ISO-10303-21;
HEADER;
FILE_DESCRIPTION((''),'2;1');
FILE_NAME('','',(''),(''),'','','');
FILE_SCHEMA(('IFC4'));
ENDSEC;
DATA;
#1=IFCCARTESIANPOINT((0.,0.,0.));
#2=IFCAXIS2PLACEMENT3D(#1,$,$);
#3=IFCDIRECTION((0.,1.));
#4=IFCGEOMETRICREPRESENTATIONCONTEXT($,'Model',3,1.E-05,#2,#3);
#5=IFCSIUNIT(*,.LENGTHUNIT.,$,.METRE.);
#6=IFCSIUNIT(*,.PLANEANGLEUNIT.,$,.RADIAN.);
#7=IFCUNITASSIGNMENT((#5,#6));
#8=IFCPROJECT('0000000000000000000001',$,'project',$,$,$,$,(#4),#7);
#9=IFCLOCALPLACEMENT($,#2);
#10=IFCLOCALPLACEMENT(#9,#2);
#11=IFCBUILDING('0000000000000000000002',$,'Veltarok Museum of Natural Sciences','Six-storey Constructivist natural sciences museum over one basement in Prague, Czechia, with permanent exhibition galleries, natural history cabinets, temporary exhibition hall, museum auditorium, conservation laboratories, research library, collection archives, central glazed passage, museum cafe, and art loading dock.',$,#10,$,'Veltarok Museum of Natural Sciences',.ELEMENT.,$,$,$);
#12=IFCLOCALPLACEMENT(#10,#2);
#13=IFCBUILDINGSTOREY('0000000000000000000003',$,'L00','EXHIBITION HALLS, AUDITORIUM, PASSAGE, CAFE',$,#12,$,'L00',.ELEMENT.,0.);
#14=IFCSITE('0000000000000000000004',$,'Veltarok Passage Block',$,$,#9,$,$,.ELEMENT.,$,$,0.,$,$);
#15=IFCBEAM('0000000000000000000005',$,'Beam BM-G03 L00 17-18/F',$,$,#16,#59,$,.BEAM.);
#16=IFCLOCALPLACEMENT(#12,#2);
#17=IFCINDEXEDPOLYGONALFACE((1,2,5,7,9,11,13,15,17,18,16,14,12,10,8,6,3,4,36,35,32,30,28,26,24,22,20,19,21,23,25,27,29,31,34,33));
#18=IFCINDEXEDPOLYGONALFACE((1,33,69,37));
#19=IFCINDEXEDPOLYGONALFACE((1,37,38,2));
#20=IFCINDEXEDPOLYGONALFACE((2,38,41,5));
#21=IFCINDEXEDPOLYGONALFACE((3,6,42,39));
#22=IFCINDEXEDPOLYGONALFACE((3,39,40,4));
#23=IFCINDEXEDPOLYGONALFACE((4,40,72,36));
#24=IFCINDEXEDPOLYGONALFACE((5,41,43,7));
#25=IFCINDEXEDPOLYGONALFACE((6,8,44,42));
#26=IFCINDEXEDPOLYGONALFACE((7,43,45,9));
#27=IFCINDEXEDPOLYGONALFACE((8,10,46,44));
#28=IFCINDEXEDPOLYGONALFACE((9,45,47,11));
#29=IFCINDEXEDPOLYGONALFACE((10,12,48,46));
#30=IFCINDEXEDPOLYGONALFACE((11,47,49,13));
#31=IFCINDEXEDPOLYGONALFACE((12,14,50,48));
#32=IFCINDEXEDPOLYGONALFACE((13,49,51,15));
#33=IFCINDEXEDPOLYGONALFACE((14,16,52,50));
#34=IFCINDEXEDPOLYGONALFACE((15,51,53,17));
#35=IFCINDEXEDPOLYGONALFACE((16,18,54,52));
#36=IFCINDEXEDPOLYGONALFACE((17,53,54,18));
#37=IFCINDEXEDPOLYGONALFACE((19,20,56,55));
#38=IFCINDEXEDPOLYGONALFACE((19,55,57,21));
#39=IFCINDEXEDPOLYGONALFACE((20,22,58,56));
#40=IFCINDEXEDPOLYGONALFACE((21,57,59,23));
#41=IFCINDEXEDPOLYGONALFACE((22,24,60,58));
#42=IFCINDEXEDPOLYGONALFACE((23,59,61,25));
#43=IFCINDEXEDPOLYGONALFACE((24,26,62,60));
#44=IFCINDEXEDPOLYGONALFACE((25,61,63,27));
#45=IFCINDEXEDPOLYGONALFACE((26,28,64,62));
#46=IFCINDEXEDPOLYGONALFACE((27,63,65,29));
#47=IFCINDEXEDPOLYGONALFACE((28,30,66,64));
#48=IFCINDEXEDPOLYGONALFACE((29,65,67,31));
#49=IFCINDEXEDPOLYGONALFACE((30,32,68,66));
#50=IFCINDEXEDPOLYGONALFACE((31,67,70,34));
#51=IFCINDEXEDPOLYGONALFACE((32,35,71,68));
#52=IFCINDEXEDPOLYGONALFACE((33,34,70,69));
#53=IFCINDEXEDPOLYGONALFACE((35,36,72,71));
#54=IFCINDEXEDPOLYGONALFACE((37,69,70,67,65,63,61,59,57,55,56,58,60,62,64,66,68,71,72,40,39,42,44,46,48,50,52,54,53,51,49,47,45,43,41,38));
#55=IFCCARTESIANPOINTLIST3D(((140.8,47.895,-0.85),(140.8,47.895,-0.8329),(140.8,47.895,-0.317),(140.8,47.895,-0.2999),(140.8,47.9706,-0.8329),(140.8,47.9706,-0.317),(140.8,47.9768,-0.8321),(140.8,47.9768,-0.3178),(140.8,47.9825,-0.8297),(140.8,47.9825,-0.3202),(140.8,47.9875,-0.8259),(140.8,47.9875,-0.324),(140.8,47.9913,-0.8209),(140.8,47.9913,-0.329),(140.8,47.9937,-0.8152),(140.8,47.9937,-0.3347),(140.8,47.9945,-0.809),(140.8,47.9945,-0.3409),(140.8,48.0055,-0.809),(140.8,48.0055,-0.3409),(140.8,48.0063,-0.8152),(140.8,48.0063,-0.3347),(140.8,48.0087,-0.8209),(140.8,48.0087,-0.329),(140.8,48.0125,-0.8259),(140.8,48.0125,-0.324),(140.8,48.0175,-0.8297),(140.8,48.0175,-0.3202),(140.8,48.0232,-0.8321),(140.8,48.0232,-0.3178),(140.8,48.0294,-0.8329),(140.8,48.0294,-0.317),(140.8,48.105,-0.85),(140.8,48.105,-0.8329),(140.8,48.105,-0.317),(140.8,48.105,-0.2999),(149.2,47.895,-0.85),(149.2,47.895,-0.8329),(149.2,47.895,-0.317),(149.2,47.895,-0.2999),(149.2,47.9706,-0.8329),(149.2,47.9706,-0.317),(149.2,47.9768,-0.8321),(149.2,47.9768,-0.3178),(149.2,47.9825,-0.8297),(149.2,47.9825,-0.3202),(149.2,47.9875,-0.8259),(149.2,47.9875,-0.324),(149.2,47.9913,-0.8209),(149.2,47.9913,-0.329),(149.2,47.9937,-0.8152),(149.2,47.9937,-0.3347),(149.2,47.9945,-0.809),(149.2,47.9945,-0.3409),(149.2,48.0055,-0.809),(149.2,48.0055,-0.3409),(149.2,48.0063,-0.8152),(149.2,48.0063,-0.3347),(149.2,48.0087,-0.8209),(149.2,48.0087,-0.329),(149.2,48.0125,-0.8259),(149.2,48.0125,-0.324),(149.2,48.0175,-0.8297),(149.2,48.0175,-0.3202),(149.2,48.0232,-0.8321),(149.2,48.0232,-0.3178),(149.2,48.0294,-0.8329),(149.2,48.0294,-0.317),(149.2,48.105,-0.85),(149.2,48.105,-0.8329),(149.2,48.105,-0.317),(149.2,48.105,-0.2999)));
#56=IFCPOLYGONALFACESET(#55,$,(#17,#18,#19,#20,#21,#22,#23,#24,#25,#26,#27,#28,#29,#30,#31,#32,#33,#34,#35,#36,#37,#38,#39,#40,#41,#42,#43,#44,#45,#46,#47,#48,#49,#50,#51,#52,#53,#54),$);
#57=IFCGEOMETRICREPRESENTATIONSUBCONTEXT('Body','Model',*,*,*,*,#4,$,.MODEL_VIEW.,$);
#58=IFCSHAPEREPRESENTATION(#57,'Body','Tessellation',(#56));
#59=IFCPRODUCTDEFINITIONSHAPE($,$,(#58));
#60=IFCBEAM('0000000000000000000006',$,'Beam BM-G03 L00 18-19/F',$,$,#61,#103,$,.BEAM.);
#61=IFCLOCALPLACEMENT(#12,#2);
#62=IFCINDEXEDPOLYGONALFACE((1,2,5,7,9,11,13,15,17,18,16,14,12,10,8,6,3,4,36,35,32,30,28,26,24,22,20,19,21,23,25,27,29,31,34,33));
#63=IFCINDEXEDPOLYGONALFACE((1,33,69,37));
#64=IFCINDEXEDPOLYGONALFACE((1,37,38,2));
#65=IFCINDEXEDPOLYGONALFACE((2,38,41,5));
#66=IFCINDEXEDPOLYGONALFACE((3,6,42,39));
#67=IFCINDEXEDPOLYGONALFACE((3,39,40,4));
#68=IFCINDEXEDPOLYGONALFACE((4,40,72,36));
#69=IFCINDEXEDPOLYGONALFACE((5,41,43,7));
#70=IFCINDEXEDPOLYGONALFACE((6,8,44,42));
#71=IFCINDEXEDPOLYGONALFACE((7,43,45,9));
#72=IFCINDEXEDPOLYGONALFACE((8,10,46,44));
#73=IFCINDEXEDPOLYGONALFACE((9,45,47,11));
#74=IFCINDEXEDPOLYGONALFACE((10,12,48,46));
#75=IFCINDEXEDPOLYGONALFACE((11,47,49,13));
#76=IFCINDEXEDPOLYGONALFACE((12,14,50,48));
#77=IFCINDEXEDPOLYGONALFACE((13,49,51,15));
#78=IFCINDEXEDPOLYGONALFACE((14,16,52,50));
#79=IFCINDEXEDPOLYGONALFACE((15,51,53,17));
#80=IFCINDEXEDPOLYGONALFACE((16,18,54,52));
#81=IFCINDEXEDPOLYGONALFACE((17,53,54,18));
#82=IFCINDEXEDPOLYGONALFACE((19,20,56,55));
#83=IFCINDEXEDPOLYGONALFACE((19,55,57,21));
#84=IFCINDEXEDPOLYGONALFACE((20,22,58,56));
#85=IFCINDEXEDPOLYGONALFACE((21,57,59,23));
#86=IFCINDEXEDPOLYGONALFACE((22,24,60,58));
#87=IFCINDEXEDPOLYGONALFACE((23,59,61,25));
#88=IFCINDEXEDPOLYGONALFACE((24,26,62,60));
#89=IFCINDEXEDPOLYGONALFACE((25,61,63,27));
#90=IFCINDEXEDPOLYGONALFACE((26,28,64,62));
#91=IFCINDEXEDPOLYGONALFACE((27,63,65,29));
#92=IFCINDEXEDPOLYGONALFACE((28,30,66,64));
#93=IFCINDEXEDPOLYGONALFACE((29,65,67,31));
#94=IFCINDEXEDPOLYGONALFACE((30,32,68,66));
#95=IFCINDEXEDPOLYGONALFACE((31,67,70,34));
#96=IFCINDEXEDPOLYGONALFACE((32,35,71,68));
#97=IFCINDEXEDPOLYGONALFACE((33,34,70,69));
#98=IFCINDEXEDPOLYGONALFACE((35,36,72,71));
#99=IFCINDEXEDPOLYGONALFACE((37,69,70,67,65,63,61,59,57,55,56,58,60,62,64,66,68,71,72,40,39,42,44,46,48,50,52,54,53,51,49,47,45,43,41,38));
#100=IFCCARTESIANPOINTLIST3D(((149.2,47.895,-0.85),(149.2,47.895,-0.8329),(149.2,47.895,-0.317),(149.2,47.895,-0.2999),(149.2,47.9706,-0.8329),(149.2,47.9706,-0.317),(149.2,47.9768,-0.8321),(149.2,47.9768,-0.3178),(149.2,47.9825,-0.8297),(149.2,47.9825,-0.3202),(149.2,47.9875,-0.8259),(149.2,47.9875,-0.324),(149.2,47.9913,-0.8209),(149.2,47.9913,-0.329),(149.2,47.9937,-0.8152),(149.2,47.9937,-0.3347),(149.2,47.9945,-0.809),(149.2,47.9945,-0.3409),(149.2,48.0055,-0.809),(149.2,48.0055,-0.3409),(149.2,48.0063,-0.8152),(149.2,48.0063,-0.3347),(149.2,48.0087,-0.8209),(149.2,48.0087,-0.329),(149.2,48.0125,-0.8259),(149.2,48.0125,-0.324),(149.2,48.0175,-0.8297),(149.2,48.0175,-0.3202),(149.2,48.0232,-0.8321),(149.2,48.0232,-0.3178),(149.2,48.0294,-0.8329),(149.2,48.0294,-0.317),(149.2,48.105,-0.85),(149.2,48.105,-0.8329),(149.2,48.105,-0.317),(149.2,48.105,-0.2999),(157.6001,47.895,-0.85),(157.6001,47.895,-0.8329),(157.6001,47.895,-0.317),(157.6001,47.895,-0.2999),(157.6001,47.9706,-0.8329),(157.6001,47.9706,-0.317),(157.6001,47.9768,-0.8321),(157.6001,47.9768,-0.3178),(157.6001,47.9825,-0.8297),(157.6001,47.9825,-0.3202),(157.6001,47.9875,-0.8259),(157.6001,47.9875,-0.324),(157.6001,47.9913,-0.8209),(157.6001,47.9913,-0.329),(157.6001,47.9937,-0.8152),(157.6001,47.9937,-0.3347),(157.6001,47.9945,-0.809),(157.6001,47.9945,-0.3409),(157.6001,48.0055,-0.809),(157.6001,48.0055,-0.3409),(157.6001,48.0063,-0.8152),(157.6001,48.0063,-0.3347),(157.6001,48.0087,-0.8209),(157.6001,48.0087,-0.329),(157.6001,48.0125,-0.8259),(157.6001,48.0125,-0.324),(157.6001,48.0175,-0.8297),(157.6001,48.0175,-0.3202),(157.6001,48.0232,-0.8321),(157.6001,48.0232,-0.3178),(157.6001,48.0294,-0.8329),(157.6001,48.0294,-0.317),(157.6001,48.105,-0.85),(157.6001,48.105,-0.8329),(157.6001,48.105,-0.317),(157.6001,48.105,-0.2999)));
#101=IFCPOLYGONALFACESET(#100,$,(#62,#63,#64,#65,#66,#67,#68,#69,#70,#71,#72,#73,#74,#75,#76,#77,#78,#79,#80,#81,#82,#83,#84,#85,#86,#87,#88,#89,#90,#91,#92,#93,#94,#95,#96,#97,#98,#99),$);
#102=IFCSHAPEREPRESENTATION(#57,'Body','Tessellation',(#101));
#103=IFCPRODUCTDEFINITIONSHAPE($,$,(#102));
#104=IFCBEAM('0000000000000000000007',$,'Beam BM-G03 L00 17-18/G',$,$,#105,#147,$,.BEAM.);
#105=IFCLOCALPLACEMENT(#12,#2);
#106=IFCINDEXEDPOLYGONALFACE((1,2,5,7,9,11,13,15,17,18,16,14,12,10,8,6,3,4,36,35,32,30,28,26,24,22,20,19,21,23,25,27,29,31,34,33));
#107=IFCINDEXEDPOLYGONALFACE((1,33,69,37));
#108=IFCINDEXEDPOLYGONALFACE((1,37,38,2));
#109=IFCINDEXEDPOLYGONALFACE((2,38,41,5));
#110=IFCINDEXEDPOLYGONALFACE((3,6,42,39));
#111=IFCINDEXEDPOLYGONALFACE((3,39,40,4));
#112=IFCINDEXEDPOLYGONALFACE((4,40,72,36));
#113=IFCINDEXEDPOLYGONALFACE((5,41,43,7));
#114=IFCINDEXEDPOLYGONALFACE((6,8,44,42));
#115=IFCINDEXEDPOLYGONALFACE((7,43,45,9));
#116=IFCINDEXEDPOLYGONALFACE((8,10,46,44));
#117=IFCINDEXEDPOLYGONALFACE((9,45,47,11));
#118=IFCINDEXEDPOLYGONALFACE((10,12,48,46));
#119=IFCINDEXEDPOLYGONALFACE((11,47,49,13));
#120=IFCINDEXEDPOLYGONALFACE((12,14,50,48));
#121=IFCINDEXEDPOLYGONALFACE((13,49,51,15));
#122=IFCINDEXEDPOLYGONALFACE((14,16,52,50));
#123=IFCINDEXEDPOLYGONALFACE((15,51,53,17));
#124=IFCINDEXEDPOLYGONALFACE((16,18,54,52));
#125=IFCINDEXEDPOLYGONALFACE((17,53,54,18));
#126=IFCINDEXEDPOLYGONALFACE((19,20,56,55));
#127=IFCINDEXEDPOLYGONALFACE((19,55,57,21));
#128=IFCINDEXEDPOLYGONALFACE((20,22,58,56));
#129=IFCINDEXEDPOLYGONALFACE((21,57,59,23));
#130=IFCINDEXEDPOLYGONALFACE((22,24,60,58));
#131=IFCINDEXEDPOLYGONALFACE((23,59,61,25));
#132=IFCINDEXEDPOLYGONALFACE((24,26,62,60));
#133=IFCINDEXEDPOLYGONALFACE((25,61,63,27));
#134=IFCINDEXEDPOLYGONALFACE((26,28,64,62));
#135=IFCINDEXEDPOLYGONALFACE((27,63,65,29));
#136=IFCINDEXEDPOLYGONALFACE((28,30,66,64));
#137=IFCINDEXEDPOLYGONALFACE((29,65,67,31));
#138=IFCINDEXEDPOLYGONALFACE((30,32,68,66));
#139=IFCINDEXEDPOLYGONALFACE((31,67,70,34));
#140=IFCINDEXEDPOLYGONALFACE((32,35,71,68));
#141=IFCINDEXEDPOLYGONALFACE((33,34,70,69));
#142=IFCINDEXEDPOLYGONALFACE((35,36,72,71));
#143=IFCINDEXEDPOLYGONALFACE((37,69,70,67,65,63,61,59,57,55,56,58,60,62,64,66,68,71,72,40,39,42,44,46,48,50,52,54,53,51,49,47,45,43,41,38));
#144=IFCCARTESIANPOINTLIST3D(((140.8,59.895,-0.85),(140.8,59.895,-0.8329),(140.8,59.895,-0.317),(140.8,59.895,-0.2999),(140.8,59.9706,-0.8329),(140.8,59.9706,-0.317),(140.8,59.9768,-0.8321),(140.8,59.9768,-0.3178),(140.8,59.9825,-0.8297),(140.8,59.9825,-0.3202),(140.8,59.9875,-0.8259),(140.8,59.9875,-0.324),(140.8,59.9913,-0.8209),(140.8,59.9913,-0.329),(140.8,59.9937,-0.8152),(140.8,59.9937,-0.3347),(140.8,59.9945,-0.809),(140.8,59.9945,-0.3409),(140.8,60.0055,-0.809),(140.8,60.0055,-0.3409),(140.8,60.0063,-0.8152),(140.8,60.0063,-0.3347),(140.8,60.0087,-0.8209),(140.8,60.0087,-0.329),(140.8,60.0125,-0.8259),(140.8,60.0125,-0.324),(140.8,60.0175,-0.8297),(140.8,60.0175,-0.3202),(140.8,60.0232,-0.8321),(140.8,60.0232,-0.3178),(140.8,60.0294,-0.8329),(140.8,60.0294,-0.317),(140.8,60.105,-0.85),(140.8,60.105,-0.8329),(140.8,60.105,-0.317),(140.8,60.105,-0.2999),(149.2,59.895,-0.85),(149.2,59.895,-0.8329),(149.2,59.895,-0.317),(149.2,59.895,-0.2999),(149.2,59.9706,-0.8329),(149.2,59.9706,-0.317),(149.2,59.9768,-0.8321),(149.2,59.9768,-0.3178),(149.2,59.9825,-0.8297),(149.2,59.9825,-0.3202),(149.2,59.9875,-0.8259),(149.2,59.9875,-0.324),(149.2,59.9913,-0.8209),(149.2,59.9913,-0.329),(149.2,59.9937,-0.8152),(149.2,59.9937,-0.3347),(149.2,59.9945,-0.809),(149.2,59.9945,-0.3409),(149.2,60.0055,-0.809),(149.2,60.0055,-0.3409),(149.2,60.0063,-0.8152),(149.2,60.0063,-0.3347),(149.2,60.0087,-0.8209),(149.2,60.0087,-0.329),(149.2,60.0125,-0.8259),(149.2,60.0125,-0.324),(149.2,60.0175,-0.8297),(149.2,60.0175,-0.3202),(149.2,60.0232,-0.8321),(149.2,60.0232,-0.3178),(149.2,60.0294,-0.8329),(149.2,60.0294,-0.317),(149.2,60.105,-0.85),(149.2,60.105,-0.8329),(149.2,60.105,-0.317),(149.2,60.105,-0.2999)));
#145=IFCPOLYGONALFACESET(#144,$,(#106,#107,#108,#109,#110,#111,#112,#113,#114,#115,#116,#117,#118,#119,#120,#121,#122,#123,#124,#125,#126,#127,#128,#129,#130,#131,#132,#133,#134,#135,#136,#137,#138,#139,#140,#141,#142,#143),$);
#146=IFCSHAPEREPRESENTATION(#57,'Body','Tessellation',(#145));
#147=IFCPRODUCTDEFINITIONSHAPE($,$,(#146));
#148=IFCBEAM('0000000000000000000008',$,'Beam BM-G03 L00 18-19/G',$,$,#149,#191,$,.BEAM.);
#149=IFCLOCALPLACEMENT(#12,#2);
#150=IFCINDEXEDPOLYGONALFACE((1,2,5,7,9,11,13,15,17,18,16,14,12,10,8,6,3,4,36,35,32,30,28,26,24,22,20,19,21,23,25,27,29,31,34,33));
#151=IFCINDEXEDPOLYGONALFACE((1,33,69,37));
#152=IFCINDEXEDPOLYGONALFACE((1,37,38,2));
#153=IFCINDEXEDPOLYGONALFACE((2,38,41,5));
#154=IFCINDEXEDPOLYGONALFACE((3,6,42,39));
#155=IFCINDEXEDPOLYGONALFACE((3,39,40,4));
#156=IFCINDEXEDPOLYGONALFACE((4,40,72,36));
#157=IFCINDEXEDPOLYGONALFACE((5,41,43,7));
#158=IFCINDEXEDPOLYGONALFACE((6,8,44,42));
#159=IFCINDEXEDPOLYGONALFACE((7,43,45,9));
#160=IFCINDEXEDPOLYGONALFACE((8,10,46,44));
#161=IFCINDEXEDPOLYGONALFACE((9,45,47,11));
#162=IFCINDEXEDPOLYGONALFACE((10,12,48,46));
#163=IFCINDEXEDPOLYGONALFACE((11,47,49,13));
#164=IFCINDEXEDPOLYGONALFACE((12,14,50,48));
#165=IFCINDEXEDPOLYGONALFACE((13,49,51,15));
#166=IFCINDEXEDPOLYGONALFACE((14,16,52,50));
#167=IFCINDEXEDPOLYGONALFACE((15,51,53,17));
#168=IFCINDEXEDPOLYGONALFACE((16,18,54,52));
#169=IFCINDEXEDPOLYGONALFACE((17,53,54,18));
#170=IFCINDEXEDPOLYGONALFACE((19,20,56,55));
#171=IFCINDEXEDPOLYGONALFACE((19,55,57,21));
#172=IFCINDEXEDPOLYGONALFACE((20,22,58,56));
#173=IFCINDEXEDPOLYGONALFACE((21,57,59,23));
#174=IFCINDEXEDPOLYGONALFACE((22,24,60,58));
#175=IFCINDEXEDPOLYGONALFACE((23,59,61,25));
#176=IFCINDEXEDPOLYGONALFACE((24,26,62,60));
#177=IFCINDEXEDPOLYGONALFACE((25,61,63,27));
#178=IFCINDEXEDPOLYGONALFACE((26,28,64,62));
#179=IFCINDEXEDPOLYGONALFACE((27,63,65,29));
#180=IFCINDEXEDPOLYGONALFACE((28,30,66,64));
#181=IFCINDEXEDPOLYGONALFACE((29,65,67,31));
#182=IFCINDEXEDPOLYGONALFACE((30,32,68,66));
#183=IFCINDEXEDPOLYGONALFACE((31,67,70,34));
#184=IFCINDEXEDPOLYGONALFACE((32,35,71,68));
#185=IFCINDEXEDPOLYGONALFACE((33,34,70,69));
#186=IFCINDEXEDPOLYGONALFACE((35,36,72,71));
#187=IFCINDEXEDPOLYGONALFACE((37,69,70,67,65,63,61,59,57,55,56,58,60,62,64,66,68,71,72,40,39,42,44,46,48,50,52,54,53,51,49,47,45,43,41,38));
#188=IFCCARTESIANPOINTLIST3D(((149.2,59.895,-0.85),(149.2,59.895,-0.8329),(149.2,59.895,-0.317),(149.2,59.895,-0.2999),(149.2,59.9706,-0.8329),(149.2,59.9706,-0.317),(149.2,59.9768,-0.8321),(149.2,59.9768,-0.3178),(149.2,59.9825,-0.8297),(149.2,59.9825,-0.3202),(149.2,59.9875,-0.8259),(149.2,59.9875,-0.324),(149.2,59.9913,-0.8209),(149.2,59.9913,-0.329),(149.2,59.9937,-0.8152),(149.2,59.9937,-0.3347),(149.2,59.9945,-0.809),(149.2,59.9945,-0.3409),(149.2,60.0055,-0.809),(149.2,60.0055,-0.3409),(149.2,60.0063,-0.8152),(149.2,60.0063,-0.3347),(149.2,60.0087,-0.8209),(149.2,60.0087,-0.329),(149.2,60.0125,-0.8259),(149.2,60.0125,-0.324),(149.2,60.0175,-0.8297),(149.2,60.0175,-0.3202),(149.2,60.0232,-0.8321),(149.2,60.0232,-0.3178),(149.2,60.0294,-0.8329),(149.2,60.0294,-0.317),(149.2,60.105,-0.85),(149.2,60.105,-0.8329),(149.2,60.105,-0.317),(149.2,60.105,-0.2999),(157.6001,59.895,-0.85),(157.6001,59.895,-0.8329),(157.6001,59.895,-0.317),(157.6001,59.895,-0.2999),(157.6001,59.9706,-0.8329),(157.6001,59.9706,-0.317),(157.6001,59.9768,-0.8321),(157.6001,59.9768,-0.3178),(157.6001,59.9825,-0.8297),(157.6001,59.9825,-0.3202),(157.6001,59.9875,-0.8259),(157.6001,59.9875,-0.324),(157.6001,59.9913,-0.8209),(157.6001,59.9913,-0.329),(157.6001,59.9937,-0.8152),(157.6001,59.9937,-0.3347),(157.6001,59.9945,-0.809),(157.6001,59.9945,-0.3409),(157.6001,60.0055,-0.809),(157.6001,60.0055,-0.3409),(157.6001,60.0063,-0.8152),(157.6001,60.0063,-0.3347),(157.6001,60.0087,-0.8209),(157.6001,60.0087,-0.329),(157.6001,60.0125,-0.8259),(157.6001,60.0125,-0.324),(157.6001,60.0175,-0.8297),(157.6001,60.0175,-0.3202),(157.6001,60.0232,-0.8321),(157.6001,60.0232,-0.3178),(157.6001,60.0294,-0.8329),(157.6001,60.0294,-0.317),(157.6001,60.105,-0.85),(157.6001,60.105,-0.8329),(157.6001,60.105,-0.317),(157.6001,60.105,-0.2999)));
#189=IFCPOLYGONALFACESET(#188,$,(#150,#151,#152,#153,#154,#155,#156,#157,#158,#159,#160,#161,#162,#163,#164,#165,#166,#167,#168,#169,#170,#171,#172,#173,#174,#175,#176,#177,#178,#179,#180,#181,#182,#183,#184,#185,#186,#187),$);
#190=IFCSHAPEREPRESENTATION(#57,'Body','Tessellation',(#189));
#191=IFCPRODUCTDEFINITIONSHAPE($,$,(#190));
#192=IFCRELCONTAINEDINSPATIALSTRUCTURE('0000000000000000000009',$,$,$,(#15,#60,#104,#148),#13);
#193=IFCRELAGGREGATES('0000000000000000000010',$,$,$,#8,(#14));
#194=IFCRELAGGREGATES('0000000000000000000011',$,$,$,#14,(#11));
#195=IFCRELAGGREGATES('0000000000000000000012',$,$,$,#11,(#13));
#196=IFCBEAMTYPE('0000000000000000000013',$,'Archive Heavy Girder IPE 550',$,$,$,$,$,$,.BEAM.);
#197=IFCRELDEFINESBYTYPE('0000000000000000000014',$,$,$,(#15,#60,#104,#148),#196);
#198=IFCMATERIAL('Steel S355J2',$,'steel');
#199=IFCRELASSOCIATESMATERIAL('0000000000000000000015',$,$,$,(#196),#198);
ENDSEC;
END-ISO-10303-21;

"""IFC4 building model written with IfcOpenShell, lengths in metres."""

from ifc_helpers import new_model, si_unit, direction, frame, origin, origin_2d, place, context, subcontext, project, spatial, i_section, extrude, material, material_profile, profile_set, type_object, element, save


model = new_model("IFC4")

# Units and contexts
model_context = context("Model", 3, precision=1e-05, world=origin(), true_north=direction((0.0, 1.0)))
body_context = subcontext(model_context, "Body", "Model", "MODEL_VIEW")
ifc_project = project(units=[si_unit("LENGTHUNIT", "METRE"), si_unit("PLANEANGLEUNIT", "RADIAN")], contexts=[model_context])

# Site, building, storey
site_placement = place(None, origin())
site = spatial("IfcSite", under=ifc_project, at=site_placement, Name="Veltarok Passage Block", CompositionType="ELEMENT", RefElevation=0.0)
building_placement = place(site_placement, origin())
building = spatial("IfcBuilding", under=site, at=building_placement, Name="Veltarok Museum of Natural Sciences", Description="Six-storey Constructivist natural sciences museum over one basement in Prague, Czechia, with permanent exhibition galleries, natural history cabinets, temporary exhibition hall, museum auditorium, conservation laboratories, research library, collection archives, central glazed passage, museum cafe, and art loading dock.", LongName="Veltarok Museum of Natural Sciences", CompositionType="ELEMENT")
storey_placement = place(building_placement, origin())
storey = spatial("IfcBuildingStorey", under=building, at=storey_placement, Name="L00", Description="EXHIBITION HALLS, AUDITORIUM, PASSAGE, CAFE", LongName="L00", CompositionType="ELEMENT", Elevation=0.0)

# Shared definitions
ifc_material_1 = material(Name="Steel S355J2", Category="steel")

# Beams
ifc_material_profile_1 = material_profile(ifc_material_1, i_section(OverallWidth=0.21, OverallDepth=0.55, WebThickness=0.011, FlangeThickness=0.0171, FilletRadius=0.0239, at=origin_2d()), Name="IPE 550")
ifc_profile_set_1 = profile_set([ifc_material_profile_1], Name="Steel S355J2")
beam_type_1 = type_object("IfcBeamType", Name="Archive Heavy Girder IPE 550", PredefinedType="BEAM", material=ifc_profile_set_1)
beam_1_placement = place(storey_placement, frame((140.8, 48.0, -0.575), z_axis=(1.0, 0.0, 0.0), x_axis=(0.0, 1.0, 0.0)))
element("IfcBeam", 1, at=beam_1_placement, inside=storey, type_object=beam_type_1, Name="Beam BM-G03 L00 17-18/F", PredefinedType="BEAM", context=body_context, shape_type="SweptSolid", body=[
    extrude(i_section(OverallWidth=0.21, OverallDepth=0.55, WebThickness=0.011, FlangeThickness=0.0171, FilletRadius=0.0239, at=origin_2d()), origin(), (0.0, 0.0, 1.0), 8.3999),
])
beam_2_placement = place(storey_placement, frame((149.2, 48.0, -0.575), z_axis=(1.0, 0.0, 0.0), x_axis=(0.0, 1.0, 0.0)))
element("IfcBeam", 2, at=beam_2_placement, inside=storey, type_object=beam_type_1, Name="Beam BM-G03 L00 18-19/F", PredefinedType="BEAM", context=body_context, shape_type="SweptSolid", body=[
    extrude(i_section(OverallWidth=0.21, OverallDepth=0.55, WebThickness=0.011, FlangeThickness=0.0171, FilletRadius=0.0239, at=origin_2d()), origin(), (0.0, 0.0, 1.0), 8.4001),
])
beam_3_placement = place(storey_placement, frame((140.8, 60.0, -0.575), z_axis=(1.0, 0.0, 0.0), x_axis=(0.0, 1.0, 0.0)))
element("IfcBeam", 3, at=beam_3_placement, inside=storey, type_object=beam_type_1, Name="Beam BM-G03 L00 17-18/G", PredefinedType="BEAM", context=body_context, shape_type="SweptSolid", body=[
    extrude(i_section(OverallWidth=0.21, OverallDepth=0.55, WebThickness=0.011, FlangeThickness=0.0171, FilletRadius=0.0239, at=origin_2d()), origin(), (0.0, 0.0, 1.0), 8.3999),
])
beam_4_placement = place(storey_placement, frame((149.2, 60.0, -0.575), z_axis=(1.0, 0.0, 0.0), x_axis=(0.0, 1.0, 0.0)))
element("IfcBeam", 4, at=beam_4_placement, inside=storey, type_object=beam_type_1, Name="Beam BM-G03 L00 18-19/G", PredefinedType="BEAM", context=body_context, shape_type="SweptSolid", body=[
    extrude(i_section(OverallWidth=0.21, OverallDepth=0.55, WebThickness=0.011, FlangeThickness=0.0171, FilletRadius=0.0239, at=origin_2d()), origin(), (0.0, 0.0, 1.0), 8.4001),
])

save(model, "model.ifc")
